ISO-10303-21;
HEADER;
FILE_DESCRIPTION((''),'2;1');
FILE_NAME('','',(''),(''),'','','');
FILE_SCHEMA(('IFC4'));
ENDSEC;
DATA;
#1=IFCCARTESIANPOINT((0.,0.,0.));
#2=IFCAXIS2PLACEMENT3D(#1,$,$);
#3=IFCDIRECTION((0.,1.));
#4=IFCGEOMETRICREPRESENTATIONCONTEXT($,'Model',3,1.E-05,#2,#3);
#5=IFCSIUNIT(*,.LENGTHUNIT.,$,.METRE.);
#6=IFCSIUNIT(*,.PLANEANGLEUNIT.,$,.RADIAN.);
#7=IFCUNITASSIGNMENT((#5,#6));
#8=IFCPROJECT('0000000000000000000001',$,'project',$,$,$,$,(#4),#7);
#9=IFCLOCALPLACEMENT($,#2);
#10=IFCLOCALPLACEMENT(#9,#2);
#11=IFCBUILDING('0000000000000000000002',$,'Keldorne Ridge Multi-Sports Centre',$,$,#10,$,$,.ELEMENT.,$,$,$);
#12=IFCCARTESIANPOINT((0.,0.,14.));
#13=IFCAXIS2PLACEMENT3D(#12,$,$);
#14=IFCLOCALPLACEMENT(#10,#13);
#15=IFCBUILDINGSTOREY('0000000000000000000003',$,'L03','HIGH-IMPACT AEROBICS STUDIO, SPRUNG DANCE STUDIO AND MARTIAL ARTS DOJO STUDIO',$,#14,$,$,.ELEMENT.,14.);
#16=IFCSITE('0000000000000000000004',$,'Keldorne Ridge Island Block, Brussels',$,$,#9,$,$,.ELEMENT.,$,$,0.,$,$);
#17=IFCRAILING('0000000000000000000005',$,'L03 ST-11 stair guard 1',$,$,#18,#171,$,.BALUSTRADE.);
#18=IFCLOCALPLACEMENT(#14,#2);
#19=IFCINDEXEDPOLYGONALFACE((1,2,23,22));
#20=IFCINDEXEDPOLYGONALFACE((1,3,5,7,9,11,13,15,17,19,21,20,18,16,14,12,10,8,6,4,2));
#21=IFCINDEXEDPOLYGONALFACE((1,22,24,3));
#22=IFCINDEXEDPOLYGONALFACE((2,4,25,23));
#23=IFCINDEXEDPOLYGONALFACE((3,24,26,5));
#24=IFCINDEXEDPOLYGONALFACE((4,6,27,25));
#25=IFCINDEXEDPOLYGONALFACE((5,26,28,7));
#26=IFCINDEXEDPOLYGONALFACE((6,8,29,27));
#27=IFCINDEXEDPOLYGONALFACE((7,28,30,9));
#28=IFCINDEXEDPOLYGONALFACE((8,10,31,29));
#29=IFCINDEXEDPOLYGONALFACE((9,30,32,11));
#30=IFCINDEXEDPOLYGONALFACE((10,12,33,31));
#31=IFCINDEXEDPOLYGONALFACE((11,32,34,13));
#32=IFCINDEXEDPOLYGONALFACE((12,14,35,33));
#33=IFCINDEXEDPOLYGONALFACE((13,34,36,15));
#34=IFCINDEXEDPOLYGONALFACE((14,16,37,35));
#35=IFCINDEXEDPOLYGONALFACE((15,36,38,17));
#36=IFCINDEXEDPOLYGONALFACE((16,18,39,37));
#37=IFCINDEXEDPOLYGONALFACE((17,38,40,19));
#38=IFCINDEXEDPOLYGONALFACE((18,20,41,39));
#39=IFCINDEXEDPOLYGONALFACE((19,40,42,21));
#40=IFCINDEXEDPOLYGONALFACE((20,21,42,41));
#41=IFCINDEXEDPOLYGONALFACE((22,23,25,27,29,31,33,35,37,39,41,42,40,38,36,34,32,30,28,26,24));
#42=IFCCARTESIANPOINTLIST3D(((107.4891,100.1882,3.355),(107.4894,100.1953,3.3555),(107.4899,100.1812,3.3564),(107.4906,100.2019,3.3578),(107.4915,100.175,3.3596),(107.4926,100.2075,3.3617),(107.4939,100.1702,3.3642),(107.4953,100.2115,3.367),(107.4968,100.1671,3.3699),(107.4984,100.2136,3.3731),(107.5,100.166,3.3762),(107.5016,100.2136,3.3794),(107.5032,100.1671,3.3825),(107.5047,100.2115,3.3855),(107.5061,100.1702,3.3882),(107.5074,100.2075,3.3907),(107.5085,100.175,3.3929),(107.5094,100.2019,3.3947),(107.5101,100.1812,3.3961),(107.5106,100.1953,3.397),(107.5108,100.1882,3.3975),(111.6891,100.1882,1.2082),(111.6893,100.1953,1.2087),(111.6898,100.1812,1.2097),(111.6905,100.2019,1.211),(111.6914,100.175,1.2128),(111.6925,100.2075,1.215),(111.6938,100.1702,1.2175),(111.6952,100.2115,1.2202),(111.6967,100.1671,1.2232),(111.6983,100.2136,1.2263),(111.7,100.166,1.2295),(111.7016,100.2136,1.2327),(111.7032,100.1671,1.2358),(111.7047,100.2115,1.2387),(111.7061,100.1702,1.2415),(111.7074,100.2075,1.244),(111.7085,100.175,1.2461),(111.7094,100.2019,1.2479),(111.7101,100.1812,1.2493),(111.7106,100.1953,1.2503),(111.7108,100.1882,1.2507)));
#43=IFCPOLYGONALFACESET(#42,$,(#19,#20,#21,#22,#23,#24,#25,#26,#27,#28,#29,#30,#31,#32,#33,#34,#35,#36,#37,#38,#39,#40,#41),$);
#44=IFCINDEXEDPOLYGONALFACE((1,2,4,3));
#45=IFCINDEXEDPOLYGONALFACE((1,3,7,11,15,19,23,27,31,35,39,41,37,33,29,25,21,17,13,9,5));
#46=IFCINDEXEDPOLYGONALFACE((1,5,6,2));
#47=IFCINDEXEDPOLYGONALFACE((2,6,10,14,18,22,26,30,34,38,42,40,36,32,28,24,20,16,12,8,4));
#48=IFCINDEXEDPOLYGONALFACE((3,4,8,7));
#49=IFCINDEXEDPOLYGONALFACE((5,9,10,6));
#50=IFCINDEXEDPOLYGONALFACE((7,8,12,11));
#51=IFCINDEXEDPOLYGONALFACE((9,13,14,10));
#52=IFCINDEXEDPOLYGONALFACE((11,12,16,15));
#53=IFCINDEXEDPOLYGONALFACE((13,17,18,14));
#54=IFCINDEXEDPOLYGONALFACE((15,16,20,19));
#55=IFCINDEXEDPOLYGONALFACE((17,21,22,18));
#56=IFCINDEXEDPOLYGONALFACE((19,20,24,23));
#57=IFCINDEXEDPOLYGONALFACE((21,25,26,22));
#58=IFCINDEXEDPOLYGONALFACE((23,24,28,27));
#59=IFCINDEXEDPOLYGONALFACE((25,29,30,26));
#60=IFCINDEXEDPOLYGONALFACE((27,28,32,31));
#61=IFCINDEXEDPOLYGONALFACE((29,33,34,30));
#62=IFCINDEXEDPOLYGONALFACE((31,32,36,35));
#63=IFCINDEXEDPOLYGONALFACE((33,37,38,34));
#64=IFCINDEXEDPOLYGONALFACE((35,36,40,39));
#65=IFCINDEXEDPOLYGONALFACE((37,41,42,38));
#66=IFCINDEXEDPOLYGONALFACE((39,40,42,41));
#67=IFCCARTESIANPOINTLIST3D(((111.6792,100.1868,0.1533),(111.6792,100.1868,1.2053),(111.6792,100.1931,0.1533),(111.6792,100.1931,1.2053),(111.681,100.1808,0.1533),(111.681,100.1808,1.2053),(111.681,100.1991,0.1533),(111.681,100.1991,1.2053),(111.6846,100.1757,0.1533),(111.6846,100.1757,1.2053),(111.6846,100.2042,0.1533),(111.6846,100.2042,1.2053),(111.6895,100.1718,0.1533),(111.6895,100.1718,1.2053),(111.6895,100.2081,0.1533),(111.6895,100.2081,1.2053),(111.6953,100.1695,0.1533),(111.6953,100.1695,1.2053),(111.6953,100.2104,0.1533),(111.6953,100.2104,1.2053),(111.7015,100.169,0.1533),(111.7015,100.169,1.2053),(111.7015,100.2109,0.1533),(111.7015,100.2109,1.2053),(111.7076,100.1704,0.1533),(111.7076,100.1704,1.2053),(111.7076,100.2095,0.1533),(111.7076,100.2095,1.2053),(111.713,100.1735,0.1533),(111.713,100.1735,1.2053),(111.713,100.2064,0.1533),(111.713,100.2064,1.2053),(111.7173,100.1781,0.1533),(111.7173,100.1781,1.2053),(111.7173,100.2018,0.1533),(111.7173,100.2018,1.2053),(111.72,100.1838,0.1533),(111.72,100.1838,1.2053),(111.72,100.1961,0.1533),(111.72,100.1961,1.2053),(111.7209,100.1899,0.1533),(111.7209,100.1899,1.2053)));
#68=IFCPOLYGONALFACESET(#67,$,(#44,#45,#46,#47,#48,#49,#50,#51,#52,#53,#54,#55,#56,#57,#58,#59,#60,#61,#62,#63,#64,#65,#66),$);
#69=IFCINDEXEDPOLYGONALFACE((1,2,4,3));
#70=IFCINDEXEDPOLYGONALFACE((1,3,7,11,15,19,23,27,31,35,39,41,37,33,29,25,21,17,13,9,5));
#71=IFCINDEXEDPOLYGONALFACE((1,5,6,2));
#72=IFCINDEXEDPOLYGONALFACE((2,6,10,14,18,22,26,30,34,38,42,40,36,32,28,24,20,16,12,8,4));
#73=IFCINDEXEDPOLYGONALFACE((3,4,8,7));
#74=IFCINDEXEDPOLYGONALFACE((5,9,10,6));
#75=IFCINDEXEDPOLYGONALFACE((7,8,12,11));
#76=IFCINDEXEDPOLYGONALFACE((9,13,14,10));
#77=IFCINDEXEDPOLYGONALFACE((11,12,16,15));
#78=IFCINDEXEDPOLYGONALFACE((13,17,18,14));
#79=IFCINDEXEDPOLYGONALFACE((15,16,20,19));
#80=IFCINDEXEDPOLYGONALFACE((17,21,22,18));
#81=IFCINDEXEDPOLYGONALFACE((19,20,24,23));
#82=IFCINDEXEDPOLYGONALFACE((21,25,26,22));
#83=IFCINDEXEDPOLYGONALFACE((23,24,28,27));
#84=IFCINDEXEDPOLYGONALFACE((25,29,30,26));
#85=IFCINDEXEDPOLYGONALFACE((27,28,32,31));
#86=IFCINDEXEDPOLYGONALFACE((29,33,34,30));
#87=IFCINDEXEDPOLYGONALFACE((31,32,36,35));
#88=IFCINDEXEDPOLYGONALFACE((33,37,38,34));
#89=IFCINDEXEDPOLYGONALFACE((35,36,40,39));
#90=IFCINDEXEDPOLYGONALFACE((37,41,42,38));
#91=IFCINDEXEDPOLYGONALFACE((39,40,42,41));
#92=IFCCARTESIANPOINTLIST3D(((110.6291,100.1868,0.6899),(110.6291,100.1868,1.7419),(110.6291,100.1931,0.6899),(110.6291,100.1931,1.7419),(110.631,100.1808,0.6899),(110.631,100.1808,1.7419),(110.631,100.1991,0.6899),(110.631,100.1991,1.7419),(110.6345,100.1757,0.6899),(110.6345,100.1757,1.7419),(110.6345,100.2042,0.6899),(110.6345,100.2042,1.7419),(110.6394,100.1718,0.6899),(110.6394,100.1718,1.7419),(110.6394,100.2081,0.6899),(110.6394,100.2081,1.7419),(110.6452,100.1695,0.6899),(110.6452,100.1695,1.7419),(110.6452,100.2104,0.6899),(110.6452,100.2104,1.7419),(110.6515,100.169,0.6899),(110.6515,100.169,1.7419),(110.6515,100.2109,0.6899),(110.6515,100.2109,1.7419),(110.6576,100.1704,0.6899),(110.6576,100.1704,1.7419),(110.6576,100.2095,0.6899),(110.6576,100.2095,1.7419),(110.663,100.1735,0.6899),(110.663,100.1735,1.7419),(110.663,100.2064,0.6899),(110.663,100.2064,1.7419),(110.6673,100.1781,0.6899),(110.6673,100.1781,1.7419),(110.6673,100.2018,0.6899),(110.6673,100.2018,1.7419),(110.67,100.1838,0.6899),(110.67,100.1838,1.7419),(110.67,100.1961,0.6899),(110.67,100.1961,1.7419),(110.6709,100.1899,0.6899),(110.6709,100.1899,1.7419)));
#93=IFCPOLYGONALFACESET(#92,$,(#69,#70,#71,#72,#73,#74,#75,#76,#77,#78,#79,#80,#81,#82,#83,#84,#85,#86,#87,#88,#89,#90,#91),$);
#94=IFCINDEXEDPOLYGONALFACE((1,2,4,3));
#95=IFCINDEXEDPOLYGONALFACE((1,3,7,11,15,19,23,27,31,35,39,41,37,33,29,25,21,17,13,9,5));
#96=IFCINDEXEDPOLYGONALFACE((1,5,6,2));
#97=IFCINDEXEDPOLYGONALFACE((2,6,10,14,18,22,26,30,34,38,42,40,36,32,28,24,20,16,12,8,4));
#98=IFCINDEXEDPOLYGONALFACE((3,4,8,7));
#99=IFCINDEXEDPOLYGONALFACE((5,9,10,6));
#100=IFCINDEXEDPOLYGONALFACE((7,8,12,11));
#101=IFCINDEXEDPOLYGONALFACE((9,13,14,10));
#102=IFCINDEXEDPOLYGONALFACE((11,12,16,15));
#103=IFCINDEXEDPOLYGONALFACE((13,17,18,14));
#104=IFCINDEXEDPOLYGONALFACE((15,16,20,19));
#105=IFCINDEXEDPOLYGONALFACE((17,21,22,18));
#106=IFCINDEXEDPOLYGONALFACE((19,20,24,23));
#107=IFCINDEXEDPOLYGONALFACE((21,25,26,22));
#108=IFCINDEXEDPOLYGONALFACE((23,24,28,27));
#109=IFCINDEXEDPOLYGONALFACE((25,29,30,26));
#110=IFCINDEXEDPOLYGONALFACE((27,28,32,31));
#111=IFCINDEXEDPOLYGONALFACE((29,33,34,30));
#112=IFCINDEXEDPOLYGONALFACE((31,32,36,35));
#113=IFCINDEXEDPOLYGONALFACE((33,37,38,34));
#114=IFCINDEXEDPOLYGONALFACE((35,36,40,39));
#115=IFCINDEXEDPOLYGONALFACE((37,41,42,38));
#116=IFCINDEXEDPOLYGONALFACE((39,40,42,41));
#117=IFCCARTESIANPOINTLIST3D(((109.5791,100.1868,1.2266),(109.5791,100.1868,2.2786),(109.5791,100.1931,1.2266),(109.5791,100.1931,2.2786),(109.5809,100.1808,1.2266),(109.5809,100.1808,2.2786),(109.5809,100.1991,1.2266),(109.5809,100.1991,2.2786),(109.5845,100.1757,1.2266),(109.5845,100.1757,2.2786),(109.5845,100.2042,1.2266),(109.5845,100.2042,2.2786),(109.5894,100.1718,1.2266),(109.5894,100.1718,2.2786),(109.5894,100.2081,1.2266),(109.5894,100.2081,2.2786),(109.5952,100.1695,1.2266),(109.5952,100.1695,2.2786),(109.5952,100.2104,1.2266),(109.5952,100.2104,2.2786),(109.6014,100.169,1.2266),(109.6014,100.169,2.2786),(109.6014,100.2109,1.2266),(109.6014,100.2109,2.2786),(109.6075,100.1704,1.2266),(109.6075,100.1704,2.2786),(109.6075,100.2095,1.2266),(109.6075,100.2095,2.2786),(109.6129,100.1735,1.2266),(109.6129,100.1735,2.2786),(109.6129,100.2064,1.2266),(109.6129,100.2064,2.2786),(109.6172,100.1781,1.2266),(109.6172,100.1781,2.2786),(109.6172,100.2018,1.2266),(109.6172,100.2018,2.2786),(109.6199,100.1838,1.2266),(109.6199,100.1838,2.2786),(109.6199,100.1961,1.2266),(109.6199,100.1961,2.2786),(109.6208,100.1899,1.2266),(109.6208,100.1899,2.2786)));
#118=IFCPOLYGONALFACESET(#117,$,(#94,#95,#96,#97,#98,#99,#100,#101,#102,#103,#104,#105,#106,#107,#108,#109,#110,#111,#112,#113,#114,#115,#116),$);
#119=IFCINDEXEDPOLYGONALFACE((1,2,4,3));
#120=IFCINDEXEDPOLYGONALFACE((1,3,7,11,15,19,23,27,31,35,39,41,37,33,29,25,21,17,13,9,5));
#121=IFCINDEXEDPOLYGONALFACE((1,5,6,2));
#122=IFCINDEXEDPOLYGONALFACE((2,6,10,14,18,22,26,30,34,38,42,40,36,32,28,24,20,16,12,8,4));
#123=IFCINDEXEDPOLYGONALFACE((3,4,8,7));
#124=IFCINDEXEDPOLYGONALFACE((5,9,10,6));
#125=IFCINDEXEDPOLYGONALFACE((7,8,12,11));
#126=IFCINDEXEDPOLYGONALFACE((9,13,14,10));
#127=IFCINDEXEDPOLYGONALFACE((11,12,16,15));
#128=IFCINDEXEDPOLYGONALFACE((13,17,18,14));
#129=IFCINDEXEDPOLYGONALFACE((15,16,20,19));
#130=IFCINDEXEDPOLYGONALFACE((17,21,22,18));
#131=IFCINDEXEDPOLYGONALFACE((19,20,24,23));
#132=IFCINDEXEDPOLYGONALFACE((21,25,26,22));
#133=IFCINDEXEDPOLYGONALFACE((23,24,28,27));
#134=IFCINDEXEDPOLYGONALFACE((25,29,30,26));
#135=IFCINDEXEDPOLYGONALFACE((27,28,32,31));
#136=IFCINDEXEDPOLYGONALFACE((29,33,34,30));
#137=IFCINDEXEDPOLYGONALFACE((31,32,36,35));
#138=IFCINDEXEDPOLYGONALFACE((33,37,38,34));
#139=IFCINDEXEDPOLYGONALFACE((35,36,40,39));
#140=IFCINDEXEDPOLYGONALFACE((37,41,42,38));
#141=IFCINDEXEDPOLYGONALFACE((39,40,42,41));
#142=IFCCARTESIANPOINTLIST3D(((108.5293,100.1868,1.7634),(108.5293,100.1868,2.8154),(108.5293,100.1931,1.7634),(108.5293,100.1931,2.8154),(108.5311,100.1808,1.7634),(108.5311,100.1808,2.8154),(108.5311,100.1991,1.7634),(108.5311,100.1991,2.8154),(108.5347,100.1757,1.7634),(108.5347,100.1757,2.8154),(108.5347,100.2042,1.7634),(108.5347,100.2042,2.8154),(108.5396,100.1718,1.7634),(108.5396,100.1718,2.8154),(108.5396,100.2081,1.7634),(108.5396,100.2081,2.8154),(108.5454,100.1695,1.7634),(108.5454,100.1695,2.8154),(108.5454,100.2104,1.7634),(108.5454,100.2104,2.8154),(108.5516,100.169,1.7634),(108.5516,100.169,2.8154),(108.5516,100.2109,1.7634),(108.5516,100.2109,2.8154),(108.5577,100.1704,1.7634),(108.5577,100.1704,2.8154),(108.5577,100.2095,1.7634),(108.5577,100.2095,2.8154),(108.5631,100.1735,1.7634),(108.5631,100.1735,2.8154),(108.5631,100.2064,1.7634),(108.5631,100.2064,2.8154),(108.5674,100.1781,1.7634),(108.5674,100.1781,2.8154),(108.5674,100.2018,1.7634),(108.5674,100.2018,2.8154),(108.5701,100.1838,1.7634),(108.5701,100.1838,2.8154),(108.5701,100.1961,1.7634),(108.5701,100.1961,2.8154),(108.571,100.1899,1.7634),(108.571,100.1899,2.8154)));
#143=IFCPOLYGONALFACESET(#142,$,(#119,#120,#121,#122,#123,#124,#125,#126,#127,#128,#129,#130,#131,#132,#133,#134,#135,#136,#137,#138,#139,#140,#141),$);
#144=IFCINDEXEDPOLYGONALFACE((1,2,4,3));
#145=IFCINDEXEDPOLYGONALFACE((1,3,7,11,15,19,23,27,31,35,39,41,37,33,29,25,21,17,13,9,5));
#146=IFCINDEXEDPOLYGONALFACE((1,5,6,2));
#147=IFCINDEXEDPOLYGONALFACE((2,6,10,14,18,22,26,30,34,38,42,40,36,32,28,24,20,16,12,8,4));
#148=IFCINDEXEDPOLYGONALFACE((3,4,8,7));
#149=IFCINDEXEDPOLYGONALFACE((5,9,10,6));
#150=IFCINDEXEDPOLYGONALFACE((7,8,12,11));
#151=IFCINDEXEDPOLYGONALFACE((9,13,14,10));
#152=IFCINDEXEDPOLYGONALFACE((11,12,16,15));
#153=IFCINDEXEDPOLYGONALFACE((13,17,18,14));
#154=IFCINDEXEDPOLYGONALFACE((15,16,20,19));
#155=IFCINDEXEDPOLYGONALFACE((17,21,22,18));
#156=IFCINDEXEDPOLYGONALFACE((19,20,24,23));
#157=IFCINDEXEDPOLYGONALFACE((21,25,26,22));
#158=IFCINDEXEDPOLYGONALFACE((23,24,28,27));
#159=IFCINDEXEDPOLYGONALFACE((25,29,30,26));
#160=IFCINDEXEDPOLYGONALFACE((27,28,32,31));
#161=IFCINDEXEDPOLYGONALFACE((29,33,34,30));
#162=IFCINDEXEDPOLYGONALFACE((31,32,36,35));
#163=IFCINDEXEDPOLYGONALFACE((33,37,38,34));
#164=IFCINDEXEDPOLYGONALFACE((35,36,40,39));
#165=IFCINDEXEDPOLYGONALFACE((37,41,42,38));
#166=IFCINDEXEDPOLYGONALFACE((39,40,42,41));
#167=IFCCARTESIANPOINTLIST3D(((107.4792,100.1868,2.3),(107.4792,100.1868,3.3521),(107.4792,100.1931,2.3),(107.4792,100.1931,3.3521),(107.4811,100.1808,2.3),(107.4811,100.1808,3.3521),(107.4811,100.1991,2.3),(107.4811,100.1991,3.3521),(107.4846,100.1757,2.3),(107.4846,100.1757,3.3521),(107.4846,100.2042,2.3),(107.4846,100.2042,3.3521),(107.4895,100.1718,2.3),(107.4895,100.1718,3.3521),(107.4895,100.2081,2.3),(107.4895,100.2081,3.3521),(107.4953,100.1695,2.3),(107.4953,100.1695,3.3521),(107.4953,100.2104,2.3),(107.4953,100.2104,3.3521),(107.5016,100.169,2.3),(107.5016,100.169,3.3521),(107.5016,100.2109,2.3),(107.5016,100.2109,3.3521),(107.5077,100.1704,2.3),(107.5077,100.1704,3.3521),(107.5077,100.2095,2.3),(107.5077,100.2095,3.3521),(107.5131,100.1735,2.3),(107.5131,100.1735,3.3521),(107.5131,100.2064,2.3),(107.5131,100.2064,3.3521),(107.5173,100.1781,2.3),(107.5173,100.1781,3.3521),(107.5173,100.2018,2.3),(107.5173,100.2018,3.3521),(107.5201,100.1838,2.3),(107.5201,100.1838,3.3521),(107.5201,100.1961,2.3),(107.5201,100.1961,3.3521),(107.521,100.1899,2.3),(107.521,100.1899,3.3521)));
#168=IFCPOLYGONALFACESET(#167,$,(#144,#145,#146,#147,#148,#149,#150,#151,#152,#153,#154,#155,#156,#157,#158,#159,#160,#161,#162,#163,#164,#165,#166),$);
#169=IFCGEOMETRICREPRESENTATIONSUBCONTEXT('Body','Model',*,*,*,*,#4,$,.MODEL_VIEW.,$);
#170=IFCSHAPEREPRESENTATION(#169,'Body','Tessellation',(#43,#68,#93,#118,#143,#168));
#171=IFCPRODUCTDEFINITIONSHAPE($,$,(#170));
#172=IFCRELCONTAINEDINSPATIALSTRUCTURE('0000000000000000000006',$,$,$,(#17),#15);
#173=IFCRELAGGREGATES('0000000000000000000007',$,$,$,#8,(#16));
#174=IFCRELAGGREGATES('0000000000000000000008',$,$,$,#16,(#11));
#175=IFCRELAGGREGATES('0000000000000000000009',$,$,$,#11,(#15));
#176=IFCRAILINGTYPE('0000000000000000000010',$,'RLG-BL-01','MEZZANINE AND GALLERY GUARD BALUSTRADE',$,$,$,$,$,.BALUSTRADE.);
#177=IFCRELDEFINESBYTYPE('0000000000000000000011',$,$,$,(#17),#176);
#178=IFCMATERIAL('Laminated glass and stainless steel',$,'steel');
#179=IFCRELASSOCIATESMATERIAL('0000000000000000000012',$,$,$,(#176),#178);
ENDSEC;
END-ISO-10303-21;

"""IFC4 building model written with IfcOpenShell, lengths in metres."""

from ifc_helpers import new_model, si_unit, direction, frame, origin, origin_2d, place, context, subcontext, project, spatial, circle, extrude, material, type_object, element, save


model = new_model("IFC4")

# Units and contexts
model_context = context("Model", 3, precision=1e-05, world=origin(), true_north=direction((0.0, 1.0)))
body_context = subcontext(model_context, "Body", "Model", "MODEL_VIEW")
ifc_project = project(units=[si_unit("LENGTHUNIT", "METRE"), si_unit("PLANEANGLEUNIT", "RADIAN")], contexts=[model_context])

# Site, building, storey
site_placement = place(None, origin())
site = spatial("IfcSite", under=ifc_project, at=site_placement, Name="Keldorne Ridge Island Block, Brussels", CompositionType="ELEMENT", RefElevation=0.0)
building_placement = place(site_placement, origin())
building = spatial("IfcBuilding", under=site, at=building_placement, Name="Keldorne Ridge Multi-Sports Centre", CompositionType="ELEMENT")
storey_placement = place(building_placement, frame((0.0, 0.0, 14.0)))
storey = spatial("IfcBuildingStorey", under=building, at=storey_placement, Name="L03", Description="HIGH-IMPACT AEROBICS STUDIO, SPRUNG DANCE STUDIO AND MARTIAL ARTS DOJO STUDIO", CompositionType="ELEMENT", Elevation=14.0)

# Railing
ifc_material_1 = material(Name="Laminated glass and stainless steel", Category="steel")
railing_type_1 = type_object("IfcRailingType", Name="RLG-BL-01", Description="MEZZANINE AND GALLERY GUARD BALUSTRADE", PredefinedType="BALUSTRADE", material=ifc_material_1)
railing_1_placement = place(storey_placement, frame((111.7, 100.1899, 0.1533)))
element("IfcRailing", 1, at=railing_1_placement, inside=storey, type_object=railing_type_1, Name="L03 ST-11 stair guard 1", PredefinedType="BALUSTRADE", context=body_context, shape_type="SweptSolid", body=[
    extrude(circle(Radius=0.0239, at=origin_2d()), frame((0.0, 0.0, 1.0762), z_axis=(-0.890427, 0.0, 0.455126), x_axis=(0.0, -1.0, 0.0)), (0.0, 0.0, 1.0), 4.7168),
    extrude(circle(Radius=0.021, at=origin_2d()), origin(), (0.0, 0.0, 1.0), 1.052),
    extrude(circle(Radius=0.021, at=origin_2d()), frame((-1.05, 0.0, 0.5366)), (0.0, 0.0, 1.0), 1.052),
    extrude(circle(Radius=0.021, at=origin_2d()), frame((-2.1001, 0.0, 1.0732)), (0.0, 0.0, 1.0), 1.052),
    extrude(circle(Radius=0.021, at=origin_2d()), frame((-3.1499, 0.0, 1.6101)), (0.0, 0.0, 1.0), 1.052),
    extrude(circle(Radius=0.021, at=origin_2d()), frame((-4.2, 0.0, 2.1467)), (0.0, 0.0, 1.0), 1.052),
])

save(model, "model.ifc")
